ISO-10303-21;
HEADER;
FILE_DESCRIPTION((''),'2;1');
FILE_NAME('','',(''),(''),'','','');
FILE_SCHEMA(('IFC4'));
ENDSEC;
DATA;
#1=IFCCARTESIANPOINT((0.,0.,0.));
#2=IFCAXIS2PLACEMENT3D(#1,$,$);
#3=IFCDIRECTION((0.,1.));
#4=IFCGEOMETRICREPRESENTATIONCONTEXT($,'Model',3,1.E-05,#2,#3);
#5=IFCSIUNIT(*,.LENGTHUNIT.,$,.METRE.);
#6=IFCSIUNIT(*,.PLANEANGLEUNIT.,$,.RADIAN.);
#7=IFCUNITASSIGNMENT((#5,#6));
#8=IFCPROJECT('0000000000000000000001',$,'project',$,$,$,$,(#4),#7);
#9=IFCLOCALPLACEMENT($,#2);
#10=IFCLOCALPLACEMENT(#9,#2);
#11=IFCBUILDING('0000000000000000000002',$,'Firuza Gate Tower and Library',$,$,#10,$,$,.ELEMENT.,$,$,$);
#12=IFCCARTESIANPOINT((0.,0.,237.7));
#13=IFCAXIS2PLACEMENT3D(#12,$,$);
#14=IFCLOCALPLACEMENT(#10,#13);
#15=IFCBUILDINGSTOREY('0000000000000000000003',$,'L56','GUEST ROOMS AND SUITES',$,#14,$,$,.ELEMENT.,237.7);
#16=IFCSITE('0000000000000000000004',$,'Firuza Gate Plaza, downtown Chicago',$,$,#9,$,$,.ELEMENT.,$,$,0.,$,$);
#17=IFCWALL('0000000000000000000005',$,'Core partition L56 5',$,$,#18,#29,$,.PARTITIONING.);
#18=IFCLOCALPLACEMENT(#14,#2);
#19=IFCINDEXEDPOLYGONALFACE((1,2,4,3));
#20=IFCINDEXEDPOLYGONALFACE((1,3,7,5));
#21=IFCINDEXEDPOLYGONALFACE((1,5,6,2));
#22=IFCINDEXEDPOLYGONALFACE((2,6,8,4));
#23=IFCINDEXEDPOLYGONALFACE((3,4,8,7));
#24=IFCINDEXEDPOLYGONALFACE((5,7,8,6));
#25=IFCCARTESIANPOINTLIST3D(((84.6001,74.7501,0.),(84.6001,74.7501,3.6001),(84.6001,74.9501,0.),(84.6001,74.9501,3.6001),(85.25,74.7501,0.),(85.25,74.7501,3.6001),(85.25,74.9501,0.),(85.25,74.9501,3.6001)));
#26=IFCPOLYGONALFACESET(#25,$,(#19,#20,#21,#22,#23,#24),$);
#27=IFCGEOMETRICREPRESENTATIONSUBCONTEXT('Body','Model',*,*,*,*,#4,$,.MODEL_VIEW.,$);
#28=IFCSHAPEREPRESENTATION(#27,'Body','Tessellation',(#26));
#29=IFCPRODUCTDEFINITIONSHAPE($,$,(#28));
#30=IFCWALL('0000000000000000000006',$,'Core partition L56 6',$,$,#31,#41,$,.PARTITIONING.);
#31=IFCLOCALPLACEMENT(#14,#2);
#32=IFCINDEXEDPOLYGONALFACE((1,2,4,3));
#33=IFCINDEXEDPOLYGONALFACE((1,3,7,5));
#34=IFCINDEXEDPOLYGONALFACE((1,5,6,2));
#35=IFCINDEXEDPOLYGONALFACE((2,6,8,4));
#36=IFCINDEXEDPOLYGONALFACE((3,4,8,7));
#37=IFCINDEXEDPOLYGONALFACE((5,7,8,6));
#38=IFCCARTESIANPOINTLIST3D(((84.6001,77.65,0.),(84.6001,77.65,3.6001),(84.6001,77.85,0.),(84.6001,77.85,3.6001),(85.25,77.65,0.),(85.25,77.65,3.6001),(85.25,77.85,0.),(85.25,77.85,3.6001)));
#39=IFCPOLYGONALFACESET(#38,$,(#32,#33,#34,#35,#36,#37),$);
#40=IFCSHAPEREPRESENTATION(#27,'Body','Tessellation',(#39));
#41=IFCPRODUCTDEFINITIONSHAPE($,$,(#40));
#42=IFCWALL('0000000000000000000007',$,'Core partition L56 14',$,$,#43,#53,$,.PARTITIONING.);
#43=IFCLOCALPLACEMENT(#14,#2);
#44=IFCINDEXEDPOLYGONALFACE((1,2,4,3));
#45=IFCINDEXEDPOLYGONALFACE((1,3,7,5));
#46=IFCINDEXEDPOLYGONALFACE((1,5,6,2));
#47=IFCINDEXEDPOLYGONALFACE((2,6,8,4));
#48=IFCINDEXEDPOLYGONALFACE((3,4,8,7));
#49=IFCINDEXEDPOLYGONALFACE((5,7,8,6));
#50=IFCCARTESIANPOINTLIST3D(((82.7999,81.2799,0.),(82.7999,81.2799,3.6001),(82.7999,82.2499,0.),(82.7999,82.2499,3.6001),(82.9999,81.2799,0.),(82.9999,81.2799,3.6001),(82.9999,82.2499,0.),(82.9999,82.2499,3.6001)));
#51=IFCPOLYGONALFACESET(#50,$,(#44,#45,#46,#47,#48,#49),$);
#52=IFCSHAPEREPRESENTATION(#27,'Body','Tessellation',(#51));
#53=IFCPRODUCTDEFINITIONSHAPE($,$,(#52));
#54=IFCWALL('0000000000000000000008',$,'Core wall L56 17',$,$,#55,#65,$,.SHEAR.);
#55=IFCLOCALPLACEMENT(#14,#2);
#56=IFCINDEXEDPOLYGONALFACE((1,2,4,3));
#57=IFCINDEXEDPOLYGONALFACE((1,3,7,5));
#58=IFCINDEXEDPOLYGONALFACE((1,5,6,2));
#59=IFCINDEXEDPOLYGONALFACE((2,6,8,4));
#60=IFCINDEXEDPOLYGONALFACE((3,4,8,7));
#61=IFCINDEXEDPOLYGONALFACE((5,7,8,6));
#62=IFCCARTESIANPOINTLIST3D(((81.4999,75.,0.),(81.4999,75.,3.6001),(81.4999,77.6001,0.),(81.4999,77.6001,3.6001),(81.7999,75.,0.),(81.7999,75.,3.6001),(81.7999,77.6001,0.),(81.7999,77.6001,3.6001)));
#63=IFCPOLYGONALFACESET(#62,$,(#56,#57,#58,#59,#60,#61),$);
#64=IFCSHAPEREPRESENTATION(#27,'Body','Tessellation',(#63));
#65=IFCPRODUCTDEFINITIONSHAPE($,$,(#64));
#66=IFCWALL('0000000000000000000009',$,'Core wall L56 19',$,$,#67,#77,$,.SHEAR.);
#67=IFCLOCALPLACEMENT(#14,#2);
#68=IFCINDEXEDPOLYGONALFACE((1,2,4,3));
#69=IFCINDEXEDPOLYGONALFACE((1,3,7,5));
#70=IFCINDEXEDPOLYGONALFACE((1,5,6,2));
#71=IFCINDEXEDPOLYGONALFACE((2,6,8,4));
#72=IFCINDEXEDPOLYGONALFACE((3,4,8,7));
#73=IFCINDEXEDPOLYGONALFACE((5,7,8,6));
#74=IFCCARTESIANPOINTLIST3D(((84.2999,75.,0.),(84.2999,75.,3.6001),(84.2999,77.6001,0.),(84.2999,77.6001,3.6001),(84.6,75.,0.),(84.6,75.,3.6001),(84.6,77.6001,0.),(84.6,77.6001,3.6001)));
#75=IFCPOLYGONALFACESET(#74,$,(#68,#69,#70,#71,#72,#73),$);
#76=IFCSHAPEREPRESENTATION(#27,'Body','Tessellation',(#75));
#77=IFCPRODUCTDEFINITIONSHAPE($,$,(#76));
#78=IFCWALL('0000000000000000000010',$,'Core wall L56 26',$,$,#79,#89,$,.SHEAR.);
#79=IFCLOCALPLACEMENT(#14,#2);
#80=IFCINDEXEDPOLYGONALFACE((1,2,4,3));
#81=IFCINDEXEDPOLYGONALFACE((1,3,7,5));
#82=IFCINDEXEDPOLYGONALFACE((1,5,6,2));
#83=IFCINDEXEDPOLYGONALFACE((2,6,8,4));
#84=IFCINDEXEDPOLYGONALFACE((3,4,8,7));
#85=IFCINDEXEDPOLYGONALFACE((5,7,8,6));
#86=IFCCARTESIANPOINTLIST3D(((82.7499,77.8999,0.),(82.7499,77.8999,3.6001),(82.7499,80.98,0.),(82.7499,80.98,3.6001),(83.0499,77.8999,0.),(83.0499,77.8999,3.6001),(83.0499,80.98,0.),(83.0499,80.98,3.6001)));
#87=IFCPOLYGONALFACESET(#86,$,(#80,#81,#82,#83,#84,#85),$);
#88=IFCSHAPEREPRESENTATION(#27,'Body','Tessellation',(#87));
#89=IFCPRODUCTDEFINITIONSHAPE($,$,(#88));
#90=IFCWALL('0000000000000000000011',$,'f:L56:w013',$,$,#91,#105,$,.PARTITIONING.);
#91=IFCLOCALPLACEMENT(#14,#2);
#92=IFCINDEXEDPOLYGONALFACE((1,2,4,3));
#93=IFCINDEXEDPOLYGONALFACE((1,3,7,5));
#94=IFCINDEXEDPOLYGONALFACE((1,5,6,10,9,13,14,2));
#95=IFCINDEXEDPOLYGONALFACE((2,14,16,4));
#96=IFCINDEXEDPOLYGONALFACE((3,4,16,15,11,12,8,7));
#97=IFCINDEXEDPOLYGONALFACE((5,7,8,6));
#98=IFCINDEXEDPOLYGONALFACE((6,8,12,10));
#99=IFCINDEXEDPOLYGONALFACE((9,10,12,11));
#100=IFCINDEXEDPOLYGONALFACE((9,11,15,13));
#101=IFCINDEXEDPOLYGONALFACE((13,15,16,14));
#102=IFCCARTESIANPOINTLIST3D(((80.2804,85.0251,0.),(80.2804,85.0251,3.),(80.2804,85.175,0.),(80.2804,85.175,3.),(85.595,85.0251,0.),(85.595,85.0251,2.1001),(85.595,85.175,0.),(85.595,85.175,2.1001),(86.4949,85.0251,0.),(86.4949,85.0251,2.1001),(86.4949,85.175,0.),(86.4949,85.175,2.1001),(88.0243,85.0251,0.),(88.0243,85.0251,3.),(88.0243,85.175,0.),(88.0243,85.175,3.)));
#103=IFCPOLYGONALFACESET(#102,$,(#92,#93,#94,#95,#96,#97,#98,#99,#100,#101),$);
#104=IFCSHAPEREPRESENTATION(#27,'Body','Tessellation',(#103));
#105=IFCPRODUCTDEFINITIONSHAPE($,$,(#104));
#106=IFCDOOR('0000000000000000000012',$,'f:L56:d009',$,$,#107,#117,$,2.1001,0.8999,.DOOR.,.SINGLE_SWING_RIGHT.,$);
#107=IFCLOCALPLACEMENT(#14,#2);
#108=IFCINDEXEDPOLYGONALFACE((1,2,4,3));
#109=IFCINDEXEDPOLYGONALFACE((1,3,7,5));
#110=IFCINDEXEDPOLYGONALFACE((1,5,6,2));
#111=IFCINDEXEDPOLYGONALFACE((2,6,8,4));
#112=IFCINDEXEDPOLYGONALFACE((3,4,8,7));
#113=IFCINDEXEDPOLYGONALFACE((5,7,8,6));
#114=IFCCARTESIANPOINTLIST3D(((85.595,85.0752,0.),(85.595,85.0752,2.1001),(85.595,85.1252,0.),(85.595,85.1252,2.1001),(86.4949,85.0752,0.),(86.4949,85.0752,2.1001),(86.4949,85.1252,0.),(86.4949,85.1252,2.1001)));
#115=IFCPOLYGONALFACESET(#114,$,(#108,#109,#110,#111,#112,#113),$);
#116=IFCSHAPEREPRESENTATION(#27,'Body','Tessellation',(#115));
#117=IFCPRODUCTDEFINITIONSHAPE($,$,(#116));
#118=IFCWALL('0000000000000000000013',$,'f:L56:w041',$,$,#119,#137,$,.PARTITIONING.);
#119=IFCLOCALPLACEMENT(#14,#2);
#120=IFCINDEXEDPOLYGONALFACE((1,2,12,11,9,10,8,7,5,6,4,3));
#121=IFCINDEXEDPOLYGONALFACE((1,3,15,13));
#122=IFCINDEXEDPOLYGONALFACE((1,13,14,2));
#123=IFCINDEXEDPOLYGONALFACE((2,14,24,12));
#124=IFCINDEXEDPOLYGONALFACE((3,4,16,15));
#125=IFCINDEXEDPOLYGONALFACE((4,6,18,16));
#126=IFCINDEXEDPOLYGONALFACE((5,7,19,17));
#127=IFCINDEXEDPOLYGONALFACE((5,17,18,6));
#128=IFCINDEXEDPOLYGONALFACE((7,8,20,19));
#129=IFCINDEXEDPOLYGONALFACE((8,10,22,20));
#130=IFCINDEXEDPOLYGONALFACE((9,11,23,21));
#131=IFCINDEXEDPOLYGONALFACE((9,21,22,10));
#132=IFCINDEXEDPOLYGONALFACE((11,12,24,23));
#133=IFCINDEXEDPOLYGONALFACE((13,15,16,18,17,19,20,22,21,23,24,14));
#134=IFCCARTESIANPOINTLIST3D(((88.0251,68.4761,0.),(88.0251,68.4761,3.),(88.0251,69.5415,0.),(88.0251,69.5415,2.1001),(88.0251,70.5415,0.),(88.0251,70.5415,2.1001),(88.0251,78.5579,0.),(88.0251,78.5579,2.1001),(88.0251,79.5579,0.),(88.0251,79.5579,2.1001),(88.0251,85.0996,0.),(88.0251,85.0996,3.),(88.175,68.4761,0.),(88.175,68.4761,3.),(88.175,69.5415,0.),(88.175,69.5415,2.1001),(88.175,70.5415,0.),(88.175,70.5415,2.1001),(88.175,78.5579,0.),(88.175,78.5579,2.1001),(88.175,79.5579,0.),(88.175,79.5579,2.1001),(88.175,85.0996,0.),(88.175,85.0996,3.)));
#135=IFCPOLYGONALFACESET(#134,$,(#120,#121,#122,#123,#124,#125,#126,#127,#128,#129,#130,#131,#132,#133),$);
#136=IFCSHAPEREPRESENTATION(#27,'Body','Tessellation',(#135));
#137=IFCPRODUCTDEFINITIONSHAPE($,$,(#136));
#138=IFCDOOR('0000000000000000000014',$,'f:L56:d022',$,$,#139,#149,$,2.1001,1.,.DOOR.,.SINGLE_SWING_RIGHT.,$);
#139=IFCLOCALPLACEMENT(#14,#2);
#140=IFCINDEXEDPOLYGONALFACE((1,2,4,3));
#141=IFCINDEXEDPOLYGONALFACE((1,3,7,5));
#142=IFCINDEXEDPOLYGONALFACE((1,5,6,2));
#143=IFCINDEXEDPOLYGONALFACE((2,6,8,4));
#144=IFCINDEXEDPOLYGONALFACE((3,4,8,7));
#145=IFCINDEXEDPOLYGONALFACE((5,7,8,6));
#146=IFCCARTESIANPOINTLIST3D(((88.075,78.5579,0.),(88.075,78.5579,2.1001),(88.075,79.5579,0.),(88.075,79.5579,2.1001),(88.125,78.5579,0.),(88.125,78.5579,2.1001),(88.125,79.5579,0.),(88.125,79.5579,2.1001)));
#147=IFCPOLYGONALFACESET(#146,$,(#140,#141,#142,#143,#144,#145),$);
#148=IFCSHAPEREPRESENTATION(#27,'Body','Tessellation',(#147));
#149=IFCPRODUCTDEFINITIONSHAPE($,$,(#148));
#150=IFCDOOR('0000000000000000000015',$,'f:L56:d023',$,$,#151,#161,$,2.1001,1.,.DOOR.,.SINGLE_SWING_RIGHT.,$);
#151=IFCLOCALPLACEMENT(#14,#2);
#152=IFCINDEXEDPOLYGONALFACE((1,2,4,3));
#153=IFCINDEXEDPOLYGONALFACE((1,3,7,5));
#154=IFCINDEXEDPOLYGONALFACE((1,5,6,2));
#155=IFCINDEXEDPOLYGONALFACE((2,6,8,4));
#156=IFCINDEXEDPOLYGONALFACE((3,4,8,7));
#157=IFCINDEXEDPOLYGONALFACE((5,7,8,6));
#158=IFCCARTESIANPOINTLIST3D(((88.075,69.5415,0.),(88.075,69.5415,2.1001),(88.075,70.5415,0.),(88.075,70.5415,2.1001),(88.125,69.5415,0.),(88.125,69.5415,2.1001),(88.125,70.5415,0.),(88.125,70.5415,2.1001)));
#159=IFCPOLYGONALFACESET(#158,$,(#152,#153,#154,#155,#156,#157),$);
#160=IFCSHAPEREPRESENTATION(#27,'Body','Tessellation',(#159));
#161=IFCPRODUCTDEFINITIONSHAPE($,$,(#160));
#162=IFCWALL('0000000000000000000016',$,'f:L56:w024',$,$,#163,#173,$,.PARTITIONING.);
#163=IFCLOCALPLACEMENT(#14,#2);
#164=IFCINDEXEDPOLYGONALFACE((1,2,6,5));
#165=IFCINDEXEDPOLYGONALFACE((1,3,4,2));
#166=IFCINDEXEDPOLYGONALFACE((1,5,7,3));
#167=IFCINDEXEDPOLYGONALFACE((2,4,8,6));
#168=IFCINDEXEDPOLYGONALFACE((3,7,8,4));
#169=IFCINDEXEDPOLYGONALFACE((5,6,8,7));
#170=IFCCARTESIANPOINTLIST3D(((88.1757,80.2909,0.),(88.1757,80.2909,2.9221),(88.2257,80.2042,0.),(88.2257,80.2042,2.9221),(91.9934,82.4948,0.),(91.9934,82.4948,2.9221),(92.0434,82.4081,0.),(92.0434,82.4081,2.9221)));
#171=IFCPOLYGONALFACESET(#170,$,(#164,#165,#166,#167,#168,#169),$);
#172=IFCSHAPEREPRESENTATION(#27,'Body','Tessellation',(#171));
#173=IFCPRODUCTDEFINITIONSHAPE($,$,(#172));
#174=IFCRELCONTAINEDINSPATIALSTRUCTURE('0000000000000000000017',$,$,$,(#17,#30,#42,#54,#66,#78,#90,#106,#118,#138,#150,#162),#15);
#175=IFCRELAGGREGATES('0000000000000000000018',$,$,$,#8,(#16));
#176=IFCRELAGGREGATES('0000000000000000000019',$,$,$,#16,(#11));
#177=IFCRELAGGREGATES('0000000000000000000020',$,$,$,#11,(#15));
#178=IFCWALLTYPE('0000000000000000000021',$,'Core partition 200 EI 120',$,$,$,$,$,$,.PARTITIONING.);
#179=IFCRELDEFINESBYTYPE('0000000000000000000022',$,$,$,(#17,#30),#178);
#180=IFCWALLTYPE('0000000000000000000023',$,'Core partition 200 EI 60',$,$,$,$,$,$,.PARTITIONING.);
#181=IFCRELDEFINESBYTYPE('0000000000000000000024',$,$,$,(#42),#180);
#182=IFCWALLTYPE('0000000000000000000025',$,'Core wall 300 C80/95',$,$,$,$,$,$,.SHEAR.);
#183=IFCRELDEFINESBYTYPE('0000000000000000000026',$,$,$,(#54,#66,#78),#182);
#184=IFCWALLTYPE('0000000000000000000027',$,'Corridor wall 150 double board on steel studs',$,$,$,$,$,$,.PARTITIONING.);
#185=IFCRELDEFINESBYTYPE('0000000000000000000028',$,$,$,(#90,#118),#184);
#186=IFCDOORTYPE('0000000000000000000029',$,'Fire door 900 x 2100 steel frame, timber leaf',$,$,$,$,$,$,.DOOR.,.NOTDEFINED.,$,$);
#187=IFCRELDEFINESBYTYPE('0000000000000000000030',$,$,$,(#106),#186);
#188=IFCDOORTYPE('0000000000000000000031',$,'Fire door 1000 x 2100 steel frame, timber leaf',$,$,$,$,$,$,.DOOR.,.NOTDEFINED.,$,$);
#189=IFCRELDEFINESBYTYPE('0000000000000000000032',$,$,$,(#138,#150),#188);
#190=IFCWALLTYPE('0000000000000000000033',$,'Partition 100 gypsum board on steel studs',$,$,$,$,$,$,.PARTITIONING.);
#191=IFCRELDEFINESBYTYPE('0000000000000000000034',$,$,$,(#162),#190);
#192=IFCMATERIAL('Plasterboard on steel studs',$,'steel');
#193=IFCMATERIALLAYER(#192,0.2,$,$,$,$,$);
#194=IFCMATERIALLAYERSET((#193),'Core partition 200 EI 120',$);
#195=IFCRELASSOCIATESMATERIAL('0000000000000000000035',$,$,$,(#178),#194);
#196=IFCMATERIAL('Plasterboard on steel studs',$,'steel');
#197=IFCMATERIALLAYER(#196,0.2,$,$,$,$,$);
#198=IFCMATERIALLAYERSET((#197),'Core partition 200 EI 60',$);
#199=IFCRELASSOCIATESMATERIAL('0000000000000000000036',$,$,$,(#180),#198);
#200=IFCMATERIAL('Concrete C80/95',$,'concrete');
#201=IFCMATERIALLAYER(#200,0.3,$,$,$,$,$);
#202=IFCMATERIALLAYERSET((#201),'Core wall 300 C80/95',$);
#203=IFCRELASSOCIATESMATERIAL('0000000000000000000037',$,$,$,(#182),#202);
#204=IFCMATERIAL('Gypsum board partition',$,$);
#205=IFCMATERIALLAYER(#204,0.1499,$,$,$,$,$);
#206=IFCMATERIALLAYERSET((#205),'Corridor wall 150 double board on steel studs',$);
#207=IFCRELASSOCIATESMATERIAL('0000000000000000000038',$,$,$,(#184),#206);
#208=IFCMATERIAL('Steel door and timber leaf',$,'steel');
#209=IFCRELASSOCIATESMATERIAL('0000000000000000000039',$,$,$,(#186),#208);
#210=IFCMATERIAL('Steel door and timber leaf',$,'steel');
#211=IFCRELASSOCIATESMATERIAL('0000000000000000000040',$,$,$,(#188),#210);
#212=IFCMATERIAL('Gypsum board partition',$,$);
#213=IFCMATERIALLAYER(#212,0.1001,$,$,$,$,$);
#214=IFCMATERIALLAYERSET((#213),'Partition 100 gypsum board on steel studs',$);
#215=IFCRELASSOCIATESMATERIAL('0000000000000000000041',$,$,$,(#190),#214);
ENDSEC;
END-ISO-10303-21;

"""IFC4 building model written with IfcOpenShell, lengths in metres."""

from ifc_helpers import new_model, si_unit, direction, frame, frame_2d, origin, place, context, subcontext, project, spatial, rectangle, extrude, material, layer, layer_set, type_object, element, fill, save


model = new_model("IFC4")

# Units and contexts
model_context = context("Model", 3, precision=1e-05, world=origin(), true_north=direction((0.0, 1.0)))
body_context = subcontext(model_context, "Body", "Model", "MODEL_VIEW")
ifc_project = project(units=[si_unit("LENGTHUNIT", "METRE"), si_unit("PLANEANGLEUNIT", "RADIAN")], contexts=[model_context])

# Site, building, storey
site_placement = place(None, origin())
site = spatial("IfcSite", under=ifc_project, at=site_placement, Name="Firuza Gate Plaza, downtown Chicago", CompositionType="ELEMENT", RefElevation=0.0)
building_placement = place(site_placement, origin())
building = spatial("IfcBuilding", under=site, at=building_placement, Name="Firuza Gate Tower and Library", CompositionType="ELEMENT")
storey_placement = place(building_placement, frame((0.0, 0.0, 237.7)))
storey = spatial("IfcBuildingStorey", under=building, at=storey_placement, Name="L56", Description="GUEST ROOMS AND SUITES", CompositionType="ELEMENT", Elevation=237.7)

# Walls
ifc_material_1 = material(Name="Plasterboard on steel studs", Category="steel")
ifc_layer_1 = layer(ifc_material_1, 0.2)
ifc_layer_set_1 = layer_set([ifc_layer_1], Name="Core partition 200 EI 120")
wall_type_1 = type_object("IfcWallType", Name="Core partition 200 EI 120", PredefinedType="PARTITIONING", material=ifc_layer_set_1)
for number, where, z_axis, x_axis, name in (
    (1, (84.6001, 74.8501, 0.0), (0.0, 0.0, 1.0), (1.0, 0.0, 0.0), "Core partition L56 5"),
    (2, (84.6001, 77.75, 0.0), (0.0, 0.0, 1.0), (1.0, 0.0, 0.0), "Core partition L56 6"),
):
    element("IfcWall", number, at=place(storey_placement, frame(where, z_axis=z_axis, x_axis=x_axis)), inside=storey, type_object=wall_type_1, Name=name, PredefinedType="PARTITIONING", context=body_context, shape_type="SweptSolid", body=[
        extrude(rectangle(XDim=0.6499, YDim=0.2, at=frame_2d((0.325, 0.0))), origin(), (0.0, 0.0, 1.0), 3.6001),
    ])
ifc_material_2 = material(Name="Plasterboard on steel studs", Category="steel")
ifc_layer_2 = layer(ifc_material_2, 0.2)
ifc_layer_set_2 = layer_set([ifc_layer_2], Name="Core partition 200 EI 60")
wall_type_2 = type_object("IfcWallType", Name="Core partition 200 EI 60", PredefinedType="PARTITIONING", material=ifc_layer_set_2)
wall_1_placement = place(storey_placement, frame((82.8999, 81.28, 0.0), z_axis=(0.0, 0.0, 1.0), x_axis=(0.0, 1.0, 0.0)))
element("IfcWall", 3, at=wall_1_placement, inside=storey, type_object=wall_type_2, Name="Core partition L56 14", PredefinedType="PARTITIONING", context=body_context, shape_type="SweptSolid", body=[
    extrude(rectangle(XDim=0.97, YDim=0.2, at=frame_2d((0.4849, 0.0))), origin(), (0.0, 0.0, 1.0), 3.6001),
])
ifc_material_3 = material(Name="Concrete C80/95", Category="concrete")
ifc_layer_3 = layer(ifc_material_3, 0.3)
ifc_layer_set_3 = layer_set([ifc_layer_3], Name="Core wall 300 C80/95")
wall_type_3 = type_object("IfcWallType", Name="Core wall 300 C80/95", PredefinedType="SHEAR", material=ifc_layer_set_3)
for number, where, z_axis, x_axis, name in (
    (4, (81.6499, 75.0, 0.0), (0.0, 0.0, 1.0), (0.0, 1.0, 0.0), "Core wall L56 17"),
    (5, (84.45, 75.0, 0.0), (0.0, 0.0, 1.0), (0.0, 1.0, 0.0), "Core wall L56 19"),
):
    element("IfcWall", number, at=place(storey_placement, frame(where, z_axis=z_axis, x_axis=x_axis)), inside=storey, type_object=wall_type_3, Name=name, PredefinedType="SHEAR", context=body_context, shape_type="SweptSolid", body=[
        extrude(rectangle(XDim=2.6001, YDim=0.3, at=frame_2d((1.3, 0.0))), origin(), (0.0, 0.0, 1.0), 3.6001),
    ])
wall_2_placement = place(storey_placement, frame((82.8999, 77.8999, 0.0), z_axis=(0.0, 0.0, 1.0), x_axis=(0.0, 1.0, 0.0)))
element("IfcWall", 6, at=wall_2_placement, inside=storey, type_object=wall_type_3, Name="Core wall L56 26", PredefinedType="SHEAR", context=body_context, shape_type="SweptSolid", body=[
    extrude(rectangle(XDim=3.0801, YDim=0.3, at=frame_2d((1.54, 0.0))), origin(), (0.0, 0.0, 1.0), 3.6001),
])

# Wall, opening, door
ifc_material_4 = material(Name="Gypsum board partition")
ifc_layer_4 = layer(ifc_material_4, 0.1499)
ifc_layer_set_4 = layer_set([ifc_layer_4], Name="Corridor wall 150 double board on steel studs")
wall_type_4 = type_object("IfcWallType", Name="Corridor wall 150 double board on steel studs", PredefinedType="PARTITIONING", material=ifc_layer_set_4)
wall_3_placement = place(storey_placement, frame((88.0244, 85.1001, 0.0), z_axis=(0.0, 0.0, 1.0), x_axis=(-1.0, 0.0, 0.0)))
wall_3 = element("IfcWall", 7, at=wall_3_placement, inside=storey, type_object=wall_type_4, Name="f:L56:w013", PredefinedType="PARTITIONING", context=body_context, shape_type="SweptSolid", body=[
    extrude(rectangle(XDim=7.7439, YDim=0.1499, at=frame_2d((3.8721, 0.0))), origin(), (0.0, 0.0, 1.0), 3.0),
])
opening_1_placement = place(wall_3_placement, frame((1.5295, 0.0, 0.0)))
opening_1 = element("IfcOpeningElement", 8, at=opening_1_placement, cuts=wall_3, PredefinedType="OPENING", context=body_context, shape_type="SweptSolid", body=[
    extrude(rectangle(XDim=0.8999, YDim=2.1001, at=frame_2d((0.45, 1.05))), frame((0.0, 0.085, 0.0), z_axis=(0.0, -1.0, 0.0), x_axis=(1.0, 0.0, 0.0)), (0.0, 0.0, 1.0), 0.1699),
])
ifc_material_5 = material(Name="Steel door and timber leaf", Category="steel")
door_type_1 = type_object("IfcDoorType", Name="Fire door 900 x 2100 steel frame, timber leaf", OperationType="NOTDEFINED", PredefinedType="DOOR", material=ifc_material_5)
door_1_placement = place(opening_1_placement, origin())
door_1 = element("IfcDoor", 9, at=door_1_placement, inside=storey, type_object=door_type_1, Name="f:L56:d009", OperationType="SINGLE_SWING_RIGHT", OverallHeight=2.1001, OverallWidth=0.8999, PredefinedType="DOOR", context=body_context, shape_type="SweptSolid", body=[
    extrude(rectangle(XDim=0.8999, YDim=2.1001, at=frame_2d((0.45, 1.05))), frame((0.0, 0.0249, 0.0), z_axis=(0.0, -1.0, 0.0), x_axis=(1.0, 0.0, 0.0)), (0.0, 0.0, 1.0), 0.05),
])
fill(opening_1, door_1)

# Wall, openings, doors
wall_4_placement = place(storey_placement, frame((88.1001, 85.0996, 0.0), z_axis=(0.0, 0.0, 1.0), x_axis=(0.0, -1.0, 0.0)))
wall_4 = element("IfcWall", 10, at=wall_4_placement, inside=storey, type_object=wall_type_4, Name="f:L56:w041", PredefinedType="PARTITIONING", context=body_context, shape_type="SweptSolid", body=[
    extrude(rectangle(XDim=16.6235, YDim=0.1499, at=frame_2d((8.3118, 0.0))), origin(), (0.0, 0.0, 1.0), 3.0),
])
opening_2_placement = place(wall_4_placement, frame((5.5417, 0.0, 0.0)))
opening_2 = element("IfcOpeningElement", 11, at=opening_2_placement, cuts=wall_4, PredefinedType="OPENING", context=body_context, shape_type="SweptSolid", body=[
    extrude(rectangle(XDim=1.0, YDim=2.1001, at=frame_2d((0.5, 1.05))), frame((0.0, 0.085, 0.0), z_axis=(0.0, -1.0, 0.0), x_axis=(1.0, 0.0, 0.0)), (0.0, 0.0, 1.0), 0.1699),
])
opening_3_placement = place(wall_4_placement, frame((14.5581, 0.0, 0.0)))
opening_3 = element("IfcOpeningElement", 12, at=opening_3_placement, cuts=wall_4, PredefinedType="OPENING", context=body_context, shape_type="SweptSolid", body=[
    extrude(rectangle(XDim=1.0, YDim=2.1001, at=frame_2d((0.5, 1.05))), frame((0.0, 0.085, 0.0), z_axis=(0.0, -1.0, 0.0), x_axis=(1.0, 0.0, 0.0)), (0.0, 0.0, 1.0), 0.1699),
])
ifc_material_6 = material(Name="Steel door and timber leaf", Category="steel")
door_type_2 = type_object("IfcDoorType", Name="Fire door 1000 x 2100 steel frame, timber leaf", OperationType="NOTDEFINED", PredefinedType="DOOR", material=ifc_material_6)
door_2_placement = place(opening_2_placement, origin())
door_2 = element("IfcDoor", 13, at=door_2_placement, inside=storey, type_object=door_type_2, Name="f:L56:d022", OperationType="SINGLE_SWING_RIGHT", OverallHeight=2.1001, OverallWidth=1.0, PredefinedType="DOOR", context=body_context, shape_type="SweptSolid", body=[
    extrude(rectangle(XDim=1.0, YDim=2.1001, at=frame_2d((0.5, 1.05))), frame((0.0, 0.0249, 0.0), z_axis=(0.0, -1.0, 0.0), x_axis=(1.0, 0.0, 0.0)), (0.0, 0.0, 1.0), 0.05),
])
fill(opening_2, door_2)
door_3_placement = place(opening_3_placement, origin())
door_3 = element("IfcDoor", 14, at=door_3_placement, inside=storey, type_object=door_type_2, Name="f:L56:d023", OperationType="SINGLE_SWING_RIGHT", OverallHeight=2.1001, OverallWidth=1.0, PredefinedType="DOOR", context=body_context, shape_type="SweptSolid", body=[
    extrude(rectangle(XDim=1.0, YDim=2.1001, at=frame_2d((0.5, 1.05))), frame((0.0, 0.0249, 0.0), z_axis=(0.0, -1.0, 0.0), x_axis=(1.0, 0.0, 0.0)), (0.0, 0.0, 1.0), 0.05),
])
fill(opening_3, door_3)

# Wall
ifc_material_7 = material(Name="Gypsum board partition")
ifc_layer_5 = layer(ifc_material_7, 0.1001)
ifc_layer_set_5 = layer_set([ifc_layer_5], Name="Partition 100 gypsum board on steel studs")
wall_type_5 = type_object("IfcWallType", Name="Partition 100 gypsum board on steel studs", PredefinedType="PARTITIONING", material=ifc_layer_set_5)
wall_5_placement = place(storey_placement, frame((88.2007, 80.2476, 0.0), z_axis=(0.0, 0.0, 1.0), x_axis=(0.86605, 0.499957, 0.0)))
element("IfcWall", 15, at=wall_5_placement, inside=storey, type_object=wall_type_5, Name="f:L56:w024", PredefinedType="PARTITIONING", context=body_context, shape_type="SweptSolid", body=[
    extrude(rectangle(XDim=4.4082, YDim=0.1001, at=frame_2d((2.2041, 0.0))), origin(), (0.0, 0.0, 1.0), 2.9221),
])

save(model, "model.ifc")
